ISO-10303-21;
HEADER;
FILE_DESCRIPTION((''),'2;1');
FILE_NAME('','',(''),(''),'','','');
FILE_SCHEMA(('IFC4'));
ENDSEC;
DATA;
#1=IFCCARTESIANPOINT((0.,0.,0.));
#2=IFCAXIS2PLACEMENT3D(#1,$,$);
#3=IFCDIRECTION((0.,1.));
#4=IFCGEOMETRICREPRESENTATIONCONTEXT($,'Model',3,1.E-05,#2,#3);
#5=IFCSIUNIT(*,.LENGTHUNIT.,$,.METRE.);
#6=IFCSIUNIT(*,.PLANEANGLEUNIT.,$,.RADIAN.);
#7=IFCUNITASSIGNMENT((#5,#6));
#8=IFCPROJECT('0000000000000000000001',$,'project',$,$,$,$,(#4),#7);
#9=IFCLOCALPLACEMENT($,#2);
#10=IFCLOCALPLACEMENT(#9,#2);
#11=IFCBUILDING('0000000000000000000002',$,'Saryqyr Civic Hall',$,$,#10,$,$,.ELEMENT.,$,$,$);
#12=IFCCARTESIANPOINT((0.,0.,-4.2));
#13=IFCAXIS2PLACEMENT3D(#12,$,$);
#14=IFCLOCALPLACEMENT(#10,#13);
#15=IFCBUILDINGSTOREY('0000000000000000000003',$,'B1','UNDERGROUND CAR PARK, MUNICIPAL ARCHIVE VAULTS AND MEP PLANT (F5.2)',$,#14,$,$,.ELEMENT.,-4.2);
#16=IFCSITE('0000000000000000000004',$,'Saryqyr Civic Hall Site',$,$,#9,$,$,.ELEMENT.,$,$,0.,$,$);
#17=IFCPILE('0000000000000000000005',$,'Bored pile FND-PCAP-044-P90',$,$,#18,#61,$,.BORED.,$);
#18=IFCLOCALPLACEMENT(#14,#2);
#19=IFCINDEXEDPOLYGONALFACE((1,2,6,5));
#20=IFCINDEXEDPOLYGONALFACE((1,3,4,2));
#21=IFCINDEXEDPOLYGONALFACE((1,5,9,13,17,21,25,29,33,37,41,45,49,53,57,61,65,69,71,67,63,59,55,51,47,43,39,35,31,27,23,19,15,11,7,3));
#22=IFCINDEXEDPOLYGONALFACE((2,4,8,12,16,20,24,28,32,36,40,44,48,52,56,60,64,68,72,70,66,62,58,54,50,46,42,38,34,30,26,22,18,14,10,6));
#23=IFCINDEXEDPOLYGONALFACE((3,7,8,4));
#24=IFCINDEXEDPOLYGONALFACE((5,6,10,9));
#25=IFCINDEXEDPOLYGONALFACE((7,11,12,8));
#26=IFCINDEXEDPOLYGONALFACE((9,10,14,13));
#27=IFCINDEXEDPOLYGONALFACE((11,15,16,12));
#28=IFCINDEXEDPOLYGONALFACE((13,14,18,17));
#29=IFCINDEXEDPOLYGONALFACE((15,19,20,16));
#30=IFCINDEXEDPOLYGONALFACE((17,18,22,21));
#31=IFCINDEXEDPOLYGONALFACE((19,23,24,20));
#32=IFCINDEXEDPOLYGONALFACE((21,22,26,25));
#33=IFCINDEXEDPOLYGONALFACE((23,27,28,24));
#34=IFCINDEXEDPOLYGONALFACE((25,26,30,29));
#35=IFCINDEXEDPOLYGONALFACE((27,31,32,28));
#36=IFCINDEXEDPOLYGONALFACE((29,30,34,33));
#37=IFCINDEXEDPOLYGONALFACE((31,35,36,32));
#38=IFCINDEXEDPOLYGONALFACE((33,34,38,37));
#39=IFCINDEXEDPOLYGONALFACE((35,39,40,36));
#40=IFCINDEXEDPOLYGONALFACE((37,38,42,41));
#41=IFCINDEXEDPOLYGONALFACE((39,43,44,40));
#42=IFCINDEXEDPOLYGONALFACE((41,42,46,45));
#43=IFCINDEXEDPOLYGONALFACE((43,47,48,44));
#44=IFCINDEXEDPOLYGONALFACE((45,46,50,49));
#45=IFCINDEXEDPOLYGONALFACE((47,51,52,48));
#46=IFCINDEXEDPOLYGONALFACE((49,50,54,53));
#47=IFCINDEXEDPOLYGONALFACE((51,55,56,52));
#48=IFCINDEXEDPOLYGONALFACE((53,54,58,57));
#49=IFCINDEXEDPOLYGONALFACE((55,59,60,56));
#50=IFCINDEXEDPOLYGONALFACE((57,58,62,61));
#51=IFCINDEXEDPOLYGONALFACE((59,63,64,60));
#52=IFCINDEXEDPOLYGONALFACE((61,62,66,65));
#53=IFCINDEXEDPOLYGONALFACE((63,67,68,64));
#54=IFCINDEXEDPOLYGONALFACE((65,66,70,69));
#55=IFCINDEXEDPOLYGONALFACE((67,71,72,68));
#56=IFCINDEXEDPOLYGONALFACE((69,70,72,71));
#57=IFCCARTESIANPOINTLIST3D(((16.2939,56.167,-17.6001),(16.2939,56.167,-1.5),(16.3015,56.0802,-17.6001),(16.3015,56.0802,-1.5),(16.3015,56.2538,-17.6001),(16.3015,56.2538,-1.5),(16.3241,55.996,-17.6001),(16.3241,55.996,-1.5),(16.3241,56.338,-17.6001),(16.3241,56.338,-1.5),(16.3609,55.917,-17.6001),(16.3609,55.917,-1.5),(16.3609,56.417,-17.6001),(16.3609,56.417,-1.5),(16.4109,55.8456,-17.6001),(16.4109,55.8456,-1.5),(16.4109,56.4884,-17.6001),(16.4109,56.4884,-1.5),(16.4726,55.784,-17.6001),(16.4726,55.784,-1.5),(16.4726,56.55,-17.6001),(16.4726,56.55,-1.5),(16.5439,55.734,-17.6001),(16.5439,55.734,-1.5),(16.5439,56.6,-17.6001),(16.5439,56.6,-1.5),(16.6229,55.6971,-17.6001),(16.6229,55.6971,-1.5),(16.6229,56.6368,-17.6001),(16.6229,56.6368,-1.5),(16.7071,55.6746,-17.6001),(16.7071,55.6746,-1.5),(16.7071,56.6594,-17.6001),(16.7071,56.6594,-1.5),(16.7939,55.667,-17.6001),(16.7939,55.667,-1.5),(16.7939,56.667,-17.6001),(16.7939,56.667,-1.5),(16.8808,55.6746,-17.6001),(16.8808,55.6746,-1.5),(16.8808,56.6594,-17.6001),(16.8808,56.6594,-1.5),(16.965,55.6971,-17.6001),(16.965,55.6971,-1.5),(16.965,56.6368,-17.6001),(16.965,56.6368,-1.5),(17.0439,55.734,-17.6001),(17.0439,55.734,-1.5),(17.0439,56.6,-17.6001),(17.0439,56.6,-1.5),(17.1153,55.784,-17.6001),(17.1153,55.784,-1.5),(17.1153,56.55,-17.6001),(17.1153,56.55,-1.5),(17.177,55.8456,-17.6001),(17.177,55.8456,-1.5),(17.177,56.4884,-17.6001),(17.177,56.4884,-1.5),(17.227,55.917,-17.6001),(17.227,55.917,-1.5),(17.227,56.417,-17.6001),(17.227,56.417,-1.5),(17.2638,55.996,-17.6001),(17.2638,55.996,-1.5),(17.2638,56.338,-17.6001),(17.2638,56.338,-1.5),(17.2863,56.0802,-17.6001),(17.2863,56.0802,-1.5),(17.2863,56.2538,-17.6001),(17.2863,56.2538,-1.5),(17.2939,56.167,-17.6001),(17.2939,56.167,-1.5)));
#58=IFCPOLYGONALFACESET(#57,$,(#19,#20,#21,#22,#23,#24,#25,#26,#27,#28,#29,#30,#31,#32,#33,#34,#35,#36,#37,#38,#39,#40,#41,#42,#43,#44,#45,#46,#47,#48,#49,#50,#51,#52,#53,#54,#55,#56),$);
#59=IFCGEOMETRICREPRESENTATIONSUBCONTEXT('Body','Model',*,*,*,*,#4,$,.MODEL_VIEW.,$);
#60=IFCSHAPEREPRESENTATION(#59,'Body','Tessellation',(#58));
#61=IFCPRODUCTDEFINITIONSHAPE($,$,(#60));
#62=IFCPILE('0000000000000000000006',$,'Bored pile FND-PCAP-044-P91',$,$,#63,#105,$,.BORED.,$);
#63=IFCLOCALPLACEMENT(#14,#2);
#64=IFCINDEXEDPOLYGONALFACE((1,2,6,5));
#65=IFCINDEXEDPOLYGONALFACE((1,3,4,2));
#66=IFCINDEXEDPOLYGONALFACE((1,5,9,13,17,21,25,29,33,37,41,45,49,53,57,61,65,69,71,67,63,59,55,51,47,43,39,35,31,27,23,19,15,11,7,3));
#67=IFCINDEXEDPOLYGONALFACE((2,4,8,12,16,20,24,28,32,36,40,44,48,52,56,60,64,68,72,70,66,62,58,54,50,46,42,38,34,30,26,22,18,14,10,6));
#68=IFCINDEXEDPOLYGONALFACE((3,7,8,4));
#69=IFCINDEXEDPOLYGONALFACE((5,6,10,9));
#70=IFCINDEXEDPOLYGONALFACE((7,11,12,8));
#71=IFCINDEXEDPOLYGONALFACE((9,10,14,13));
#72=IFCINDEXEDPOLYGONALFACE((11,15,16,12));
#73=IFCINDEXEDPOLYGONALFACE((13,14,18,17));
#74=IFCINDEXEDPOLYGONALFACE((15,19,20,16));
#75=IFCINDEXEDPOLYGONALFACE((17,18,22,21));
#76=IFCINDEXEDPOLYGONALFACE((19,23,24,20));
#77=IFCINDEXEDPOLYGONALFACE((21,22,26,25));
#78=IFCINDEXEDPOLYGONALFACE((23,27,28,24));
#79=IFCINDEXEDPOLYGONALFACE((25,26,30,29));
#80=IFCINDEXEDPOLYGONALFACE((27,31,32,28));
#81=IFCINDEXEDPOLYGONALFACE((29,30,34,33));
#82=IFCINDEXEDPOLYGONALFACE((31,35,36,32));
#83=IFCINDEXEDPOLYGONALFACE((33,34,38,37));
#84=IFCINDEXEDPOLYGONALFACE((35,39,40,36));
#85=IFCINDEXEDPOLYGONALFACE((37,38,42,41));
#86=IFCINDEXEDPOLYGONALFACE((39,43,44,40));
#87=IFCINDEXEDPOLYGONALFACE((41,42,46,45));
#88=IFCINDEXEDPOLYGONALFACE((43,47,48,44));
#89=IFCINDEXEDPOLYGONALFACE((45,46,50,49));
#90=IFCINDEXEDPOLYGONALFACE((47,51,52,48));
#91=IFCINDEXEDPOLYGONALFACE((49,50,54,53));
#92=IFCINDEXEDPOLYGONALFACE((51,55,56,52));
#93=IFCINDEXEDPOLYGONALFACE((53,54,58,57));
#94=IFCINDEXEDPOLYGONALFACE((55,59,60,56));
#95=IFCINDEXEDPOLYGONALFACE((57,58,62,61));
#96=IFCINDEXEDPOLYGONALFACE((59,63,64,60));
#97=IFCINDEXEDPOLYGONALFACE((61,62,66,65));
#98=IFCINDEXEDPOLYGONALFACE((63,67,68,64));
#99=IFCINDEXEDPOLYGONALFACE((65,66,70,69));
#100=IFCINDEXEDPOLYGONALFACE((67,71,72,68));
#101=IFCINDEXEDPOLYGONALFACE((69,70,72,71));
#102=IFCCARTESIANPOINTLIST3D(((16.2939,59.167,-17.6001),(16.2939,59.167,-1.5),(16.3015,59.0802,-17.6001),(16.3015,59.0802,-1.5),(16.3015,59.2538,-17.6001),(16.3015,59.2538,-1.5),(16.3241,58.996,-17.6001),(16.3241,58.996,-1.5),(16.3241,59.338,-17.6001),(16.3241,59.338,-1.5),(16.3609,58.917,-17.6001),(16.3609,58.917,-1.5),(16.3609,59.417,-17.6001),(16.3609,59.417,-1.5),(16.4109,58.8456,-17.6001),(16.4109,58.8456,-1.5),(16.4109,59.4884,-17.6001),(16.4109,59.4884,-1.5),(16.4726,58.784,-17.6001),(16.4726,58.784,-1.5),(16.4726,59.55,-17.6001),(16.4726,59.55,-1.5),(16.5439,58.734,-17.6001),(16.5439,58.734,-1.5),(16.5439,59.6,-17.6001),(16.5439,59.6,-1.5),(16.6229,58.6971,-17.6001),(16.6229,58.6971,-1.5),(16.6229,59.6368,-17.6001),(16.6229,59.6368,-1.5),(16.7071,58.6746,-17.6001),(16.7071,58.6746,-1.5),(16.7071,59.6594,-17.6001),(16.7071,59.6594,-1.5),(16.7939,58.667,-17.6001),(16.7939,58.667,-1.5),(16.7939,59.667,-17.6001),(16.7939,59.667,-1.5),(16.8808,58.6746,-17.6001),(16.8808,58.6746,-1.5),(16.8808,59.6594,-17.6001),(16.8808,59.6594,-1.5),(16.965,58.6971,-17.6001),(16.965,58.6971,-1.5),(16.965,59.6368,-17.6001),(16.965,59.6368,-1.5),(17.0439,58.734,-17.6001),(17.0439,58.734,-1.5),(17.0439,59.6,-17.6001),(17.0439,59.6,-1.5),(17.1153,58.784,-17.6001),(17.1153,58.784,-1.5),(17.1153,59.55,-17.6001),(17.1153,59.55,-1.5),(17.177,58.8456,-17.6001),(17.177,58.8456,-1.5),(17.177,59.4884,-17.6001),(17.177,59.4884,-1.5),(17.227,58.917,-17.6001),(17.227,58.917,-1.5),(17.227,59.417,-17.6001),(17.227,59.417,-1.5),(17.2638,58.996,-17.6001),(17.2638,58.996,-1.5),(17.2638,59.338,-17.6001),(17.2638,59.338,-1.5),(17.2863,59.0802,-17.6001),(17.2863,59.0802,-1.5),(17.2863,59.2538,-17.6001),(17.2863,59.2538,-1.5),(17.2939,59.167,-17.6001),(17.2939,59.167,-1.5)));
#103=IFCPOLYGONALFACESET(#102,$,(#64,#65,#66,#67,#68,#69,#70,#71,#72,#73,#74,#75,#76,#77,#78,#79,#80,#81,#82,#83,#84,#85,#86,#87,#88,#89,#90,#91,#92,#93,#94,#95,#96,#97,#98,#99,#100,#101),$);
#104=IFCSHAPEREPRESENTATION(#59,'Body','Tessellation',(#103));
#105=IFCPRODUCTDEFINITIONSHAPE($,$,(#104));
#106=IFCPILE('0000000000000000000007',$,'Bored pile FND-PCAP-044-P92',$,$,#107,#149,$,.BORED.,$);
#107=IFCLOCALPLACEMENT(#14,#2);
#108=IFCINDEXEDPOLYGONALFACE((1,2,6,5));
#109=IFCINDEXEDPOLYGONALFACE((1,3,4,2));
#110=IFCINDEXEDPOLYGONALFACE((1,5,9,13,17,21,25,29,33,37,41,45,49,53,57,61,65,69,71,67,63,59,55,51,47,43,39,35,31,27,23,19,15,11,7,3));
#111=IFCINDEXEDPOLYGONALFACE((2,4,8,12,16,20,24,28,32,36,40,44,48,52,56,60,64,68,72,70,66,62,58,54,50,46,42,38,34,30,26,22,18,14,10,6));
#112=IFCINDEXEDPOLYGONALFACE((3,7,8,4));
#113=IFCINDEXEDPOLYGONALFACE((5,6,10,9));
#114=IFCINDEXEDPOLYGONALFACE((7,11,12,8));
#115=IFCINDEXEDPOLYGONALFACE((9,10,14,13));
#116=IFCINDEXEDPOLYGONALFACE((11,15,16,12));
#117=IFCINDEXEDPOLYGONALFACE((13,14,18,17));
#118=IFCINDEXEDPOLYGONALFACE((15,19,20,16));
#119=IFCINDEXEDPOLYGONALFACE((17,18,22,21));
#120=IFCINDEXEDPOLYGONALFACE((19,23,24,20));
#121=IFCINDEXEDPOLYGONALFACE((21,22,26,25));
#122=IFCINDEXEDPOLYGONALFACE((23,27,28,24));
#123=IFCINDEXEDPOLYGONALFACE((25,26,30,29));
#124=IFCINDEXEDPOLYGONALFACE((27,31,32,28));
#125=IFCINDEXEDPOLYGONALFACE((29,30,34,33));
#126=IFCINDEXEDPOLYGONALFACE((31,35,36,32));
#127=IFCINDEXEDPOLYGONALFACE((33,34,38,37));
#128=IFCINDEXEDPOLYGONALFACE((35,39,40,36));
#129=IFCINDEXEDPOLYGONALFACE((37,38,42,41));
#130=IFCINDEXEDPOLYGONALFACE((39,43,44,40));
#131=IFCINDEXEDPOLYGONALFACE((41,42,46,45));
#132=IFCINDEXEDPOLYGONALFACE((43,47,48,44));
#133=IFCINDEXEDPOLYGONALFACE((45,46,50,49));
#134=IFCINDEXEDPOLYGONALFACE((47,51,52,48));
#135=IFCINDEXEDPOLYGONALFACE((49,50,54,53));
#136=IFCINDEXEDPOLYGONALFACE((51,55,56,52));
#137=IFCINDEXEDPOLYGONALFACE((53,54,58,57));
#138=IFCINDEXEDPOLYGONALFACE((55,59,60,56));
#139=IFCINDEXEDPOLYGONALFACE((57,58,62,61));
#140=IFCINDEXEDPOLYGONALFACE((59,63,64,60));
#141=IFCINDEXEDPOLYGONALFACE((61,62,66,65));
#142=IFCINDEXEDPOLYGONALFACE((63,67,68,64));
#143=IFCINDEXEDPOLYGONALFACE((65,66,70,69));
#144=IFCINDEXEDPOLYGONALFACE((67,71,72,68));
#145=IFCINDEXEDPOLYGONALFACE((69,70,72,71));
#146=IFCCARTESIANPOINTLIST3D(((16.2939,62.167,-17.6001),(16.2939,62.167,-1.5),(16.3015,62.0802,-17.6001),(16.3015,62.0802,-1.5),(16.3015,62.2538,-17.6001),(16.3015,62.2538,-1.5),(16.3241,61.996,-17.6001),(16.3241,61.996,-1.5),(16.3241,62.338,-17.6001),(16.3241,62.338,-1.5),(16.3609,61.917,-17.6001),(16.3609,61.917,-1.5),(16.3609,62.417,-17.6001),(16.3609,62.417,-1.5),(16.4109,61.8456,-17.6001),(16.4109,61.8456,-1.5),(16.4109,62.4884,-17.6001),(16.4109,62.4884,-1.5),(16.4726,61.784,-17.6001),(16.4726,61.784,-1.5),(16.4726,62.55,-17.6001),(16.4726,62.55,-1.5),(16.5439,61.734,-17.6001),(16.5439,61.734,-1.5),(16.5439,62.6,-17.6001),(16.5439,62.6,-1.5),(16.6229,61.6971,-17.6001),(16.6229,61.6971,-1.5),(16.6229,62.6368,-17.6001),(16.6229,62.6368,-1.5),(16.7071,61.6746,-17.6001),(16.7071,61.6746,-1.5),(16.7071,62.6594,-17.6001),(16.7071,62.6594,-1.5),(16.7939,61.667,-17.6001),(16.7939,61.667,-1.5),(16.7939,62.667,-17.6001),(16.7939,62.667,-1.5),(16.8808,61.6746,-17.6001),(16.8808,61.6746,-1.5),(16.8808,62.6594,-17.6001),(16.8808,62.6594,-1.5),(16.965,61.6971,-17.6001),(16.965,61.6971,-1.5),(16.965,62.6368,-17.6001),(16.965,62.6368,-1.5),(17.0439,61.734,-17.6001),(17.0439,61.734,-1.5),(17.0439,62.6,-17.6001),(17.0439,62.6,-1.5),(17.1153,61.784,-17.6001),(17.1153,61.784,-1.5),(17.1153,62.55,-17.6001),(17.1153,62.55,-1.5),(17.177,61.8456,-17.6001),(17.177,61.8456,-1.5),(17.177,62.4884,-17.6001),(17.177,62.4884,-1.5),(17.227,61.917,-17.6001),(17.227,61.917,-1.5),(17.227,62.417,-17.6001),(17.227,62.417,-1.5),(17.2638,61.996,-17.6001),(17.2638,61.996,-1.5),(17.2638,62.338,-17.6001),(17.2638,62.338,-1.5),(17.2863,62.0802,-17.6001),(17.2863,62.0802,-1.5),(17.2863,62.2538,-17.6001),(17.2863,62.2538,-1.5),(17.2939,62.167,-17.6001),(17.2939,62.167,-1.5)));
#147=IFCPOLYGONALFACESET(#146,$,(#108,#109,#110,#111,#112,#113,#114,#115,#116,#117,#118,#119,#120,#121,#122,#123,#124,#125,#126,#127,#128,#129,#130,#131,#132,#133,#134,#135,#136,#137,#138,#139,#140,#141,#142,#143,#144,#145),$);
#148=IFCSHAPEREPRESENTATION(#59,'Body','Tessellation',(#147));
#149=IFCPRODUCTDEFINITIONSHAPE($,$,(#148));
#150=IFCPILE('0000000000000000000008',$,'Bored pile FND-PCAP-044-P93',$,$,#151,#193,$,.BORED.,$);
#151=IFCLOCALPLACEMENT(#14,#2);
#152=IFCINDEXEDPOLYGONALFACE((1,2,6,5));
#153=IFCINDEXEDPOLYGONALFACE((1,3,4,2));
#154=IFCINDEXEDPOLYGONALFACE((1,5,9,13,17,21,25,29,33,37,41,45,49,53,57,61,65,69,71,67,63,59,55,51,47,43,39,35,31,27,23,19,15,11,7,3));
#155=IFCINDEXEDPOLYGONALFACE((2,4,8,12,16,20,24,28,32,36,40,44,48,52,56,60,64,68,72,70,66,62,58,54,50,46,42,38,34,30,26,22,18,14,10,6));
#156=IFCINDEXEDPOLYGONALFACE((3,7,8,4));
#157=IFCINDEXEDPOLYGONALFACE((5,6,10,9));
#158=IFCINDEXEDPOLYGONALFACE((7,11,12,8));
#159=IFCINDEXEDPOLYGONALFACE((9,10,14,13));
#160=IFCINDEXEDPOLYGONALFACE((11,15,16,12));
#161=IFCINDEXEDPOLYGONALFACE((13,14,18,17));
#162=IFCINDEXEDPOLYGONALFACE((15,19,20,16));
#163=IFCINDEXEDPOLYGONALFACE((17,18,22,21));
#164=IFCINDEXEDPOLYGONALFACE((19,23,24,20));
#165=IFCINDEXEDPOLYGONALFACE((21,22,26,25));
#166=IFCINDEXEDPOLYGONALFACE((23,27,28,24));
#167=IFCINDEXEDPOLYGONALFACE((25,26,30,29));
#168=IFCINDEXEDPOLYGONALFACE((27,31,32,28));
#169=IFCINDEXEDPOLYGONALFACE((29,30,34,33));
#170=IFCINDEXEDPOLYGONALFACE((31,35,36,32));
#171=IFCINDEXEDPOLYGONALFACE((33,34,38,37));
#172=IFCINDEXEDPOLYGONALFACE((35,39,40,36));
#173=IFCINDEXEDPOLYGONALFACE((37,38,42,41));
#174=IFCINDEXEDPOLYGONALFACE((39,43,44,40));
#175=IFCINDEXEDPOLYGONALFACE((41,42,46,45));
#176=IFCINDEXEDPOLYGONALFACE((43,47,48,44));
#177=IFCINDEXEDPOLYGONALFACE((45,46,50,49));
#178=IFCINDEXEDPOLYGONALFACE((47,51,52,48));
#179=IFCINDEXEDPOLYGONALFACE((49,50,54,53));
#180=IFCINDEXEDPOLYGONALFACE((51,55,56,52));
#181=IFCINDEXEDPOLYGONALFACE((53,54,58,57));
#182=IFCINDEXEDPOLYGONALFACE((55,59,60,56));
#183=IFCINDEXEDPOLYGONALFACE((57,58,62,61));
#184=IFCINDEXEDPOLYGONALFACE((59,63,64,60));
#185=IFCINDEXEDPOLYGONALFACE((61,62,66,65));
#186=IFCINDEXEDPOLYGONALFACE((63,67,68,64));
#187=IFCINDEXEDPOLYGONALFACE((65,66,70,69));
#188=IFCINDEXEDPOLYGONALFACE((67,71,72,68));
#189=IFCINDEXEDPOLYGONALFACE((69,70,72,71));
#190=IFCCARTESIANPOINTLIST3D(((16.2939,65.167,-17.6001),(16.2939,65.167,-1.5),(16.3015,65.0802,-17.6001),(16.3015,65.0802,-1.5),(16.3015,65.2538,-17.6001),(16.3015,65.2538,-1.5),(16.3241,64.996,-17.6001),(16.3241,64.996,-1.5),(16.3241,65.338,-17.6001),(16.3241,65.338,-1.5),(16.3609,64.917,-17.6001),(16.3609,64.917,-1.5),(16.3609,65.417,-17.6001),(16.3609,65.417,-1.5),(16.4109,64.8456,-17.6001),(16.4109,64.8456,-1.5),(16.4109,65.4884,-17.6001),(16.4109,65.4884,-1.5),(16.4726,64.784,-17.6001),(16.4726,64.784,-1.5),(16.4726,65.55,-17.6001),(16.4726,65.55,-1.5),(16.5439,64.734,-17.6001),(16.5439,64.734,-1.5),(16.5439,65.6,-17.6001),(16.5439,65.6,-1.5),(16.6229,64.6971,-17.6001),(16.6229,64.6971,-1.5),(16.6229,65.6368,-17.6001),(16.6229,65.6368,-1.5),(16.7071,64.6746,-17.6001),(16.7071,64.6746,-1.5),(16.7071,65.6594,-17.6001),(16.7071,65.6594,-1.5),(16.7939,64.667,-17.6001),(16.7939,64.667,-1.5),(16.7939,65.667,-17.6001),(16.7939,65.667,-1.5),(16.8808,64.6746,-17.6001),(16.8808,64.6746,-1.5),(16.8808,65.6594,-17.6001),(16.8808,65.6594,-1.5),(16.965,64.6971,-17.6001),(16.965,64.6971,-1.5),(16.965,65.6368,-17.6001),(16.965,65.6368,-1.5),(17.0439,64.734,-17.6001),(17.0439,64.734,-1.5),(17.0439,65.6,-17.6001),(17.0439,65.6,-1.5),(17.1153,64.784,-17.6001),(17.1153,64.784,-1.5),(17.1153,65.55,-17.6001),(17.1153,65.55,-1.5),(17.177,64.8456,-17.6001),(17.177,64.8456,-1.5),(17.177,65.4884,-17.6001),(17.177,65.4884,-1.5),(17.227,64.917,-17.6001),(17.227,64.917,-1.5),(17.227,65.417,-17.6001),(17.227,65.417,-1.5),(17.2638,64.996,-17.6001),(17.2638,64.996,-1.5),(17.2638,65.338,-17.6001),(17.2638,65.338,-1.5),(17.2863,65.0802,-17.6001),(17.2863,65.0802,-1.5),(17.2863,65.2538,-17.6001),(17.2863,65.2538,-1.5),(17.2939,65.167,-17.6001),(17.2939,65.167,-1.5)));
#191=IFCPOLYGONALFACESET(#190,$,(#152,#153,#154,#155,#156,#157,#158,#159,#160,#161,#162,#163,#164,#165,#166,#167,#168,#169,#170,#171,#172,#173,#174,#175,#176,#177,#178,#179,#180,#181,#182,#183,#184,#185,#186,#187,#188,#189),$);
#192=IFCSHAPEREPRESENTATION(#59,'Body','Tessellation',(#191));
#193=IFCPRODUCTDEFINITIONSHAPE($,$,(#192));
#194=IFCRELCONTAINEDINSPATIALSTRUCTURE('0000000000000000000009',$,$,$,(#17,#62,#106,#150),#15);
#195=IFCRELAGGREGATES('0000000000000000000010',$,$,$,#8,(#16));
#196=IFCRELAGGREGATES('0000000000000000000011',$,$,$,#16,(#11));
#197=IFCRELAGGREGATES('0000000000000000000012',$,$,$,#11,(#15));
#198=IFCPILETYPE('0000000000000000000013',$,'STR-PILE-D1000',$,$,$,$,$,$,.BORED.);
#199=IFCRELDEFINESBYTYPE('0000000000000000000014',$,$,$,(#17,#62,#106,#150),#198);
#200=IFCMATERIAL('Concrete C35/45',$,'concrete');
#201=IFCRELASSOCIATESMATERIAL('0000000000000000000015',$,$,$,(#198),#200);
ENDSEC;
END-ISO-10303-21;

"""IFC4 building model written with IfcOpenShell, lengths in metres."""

from ifc_helpers import new_model, si_unit, direction, frame, origin, origin_2d, place, context, subcontext, project, spatial, circle, extrude, material, material_profile, profile_set, type_object, element, save


model = new_model("IFC4")

# Units and contexts
model_context = context("Model", 3, precision=1e-05, world=origin(), true_north=direction((0.0, 1.0)))
body_context = subcontext(model_context, "Body", "Model", "MODEL_VIEW")
ifc_project = project(units=[si_unit("LENGTHUNIT", "METRE"), si_unit("PLANEANGLEUNIT", "RADIAN")], contexts=[model_context])

# Site, building, storey
site_placement = place(None, origin())
site = spatial("IfcSite", under=ifc_project, at=site_placement, Name="Saryqyr Civic Hall Site", CompositionType="ELEMENT", RefElevation=0.0)
building_placement = place(site_placement, origin())
building = spatial("IfcBuilding", under=site, at=building_placement, Name="Saryqyr Civic Hall", CompositionType="ELEMENT")
storey_placement = place(building_placement, frame((0.0, 0.0, -4.2)))
storey = spatial("IfcBuildingStorey", under=building, at=storey_placement, Name="B1", Description="UNDERGROUND CAR PARK, MUNICIPAL ARCHIVE VAULTS AND MEP PLANT (F5.2)", CompositionType="ELEMENT", Elevation=-4.2)

# Piles
ifc_material_1 = material(Name="Concrete C35/45", Category="concrete")
ifc_material_profile_1 = material_profile(ifc_material_1, circle(Radius=0.5, at=origin_2d()), Name="BORED PILE D1000")
ifc_profile_set_1 = profile_set([ifc_material_profile_1], Name="Concrete C35/45")
pile_type = type_object("IfcPileType", Name="STR-PILE-D1000", PredefinedType="BORED", material=ifc_profile_set_1)
for number, where, z_axis, x_axis, name in (
    (1, (16.7939, 56.167, -1.5), (0.0, 0.0, -1.0), (1.0, 0.0, 0.0), "Bored pile FND-PCAP-044-P90"),
    (2, (16.7939, 59.167, -1.5), (0.0, 0.0, -1.0), (1.0, 0.0, 0.0), "Bored pile FND-PCAP-044-P91"),
    (3, (16.7939, 62.167, -1.5), (0.0, 0.0, -1.0), (1.0, 0.0, 0.0), "Bored pile FND-PCAP-044-P92"),
    (4, (16.7939, 65.167, -1.5), (0.0, 0.0, -1.0), (1.0, 0.0, 0.0), "Bored pile FND-PCAP-044-P93"),
):
    element("IfcPile", number, at=place(storey_placement, frame(where, z_axis=z_axis, x_axis=x_axis)), inside=storey, type_object=pile_type, Name=name, PredefinedType="BORED", context=body_context, shape_type="SweptSolid", body=[
        extrude(circle(Radius=0.5, at=origin_2d()), origin(), (0.0, 0.0, 1.0), 16.1001),
    ])

save(model, "model.ifc")
